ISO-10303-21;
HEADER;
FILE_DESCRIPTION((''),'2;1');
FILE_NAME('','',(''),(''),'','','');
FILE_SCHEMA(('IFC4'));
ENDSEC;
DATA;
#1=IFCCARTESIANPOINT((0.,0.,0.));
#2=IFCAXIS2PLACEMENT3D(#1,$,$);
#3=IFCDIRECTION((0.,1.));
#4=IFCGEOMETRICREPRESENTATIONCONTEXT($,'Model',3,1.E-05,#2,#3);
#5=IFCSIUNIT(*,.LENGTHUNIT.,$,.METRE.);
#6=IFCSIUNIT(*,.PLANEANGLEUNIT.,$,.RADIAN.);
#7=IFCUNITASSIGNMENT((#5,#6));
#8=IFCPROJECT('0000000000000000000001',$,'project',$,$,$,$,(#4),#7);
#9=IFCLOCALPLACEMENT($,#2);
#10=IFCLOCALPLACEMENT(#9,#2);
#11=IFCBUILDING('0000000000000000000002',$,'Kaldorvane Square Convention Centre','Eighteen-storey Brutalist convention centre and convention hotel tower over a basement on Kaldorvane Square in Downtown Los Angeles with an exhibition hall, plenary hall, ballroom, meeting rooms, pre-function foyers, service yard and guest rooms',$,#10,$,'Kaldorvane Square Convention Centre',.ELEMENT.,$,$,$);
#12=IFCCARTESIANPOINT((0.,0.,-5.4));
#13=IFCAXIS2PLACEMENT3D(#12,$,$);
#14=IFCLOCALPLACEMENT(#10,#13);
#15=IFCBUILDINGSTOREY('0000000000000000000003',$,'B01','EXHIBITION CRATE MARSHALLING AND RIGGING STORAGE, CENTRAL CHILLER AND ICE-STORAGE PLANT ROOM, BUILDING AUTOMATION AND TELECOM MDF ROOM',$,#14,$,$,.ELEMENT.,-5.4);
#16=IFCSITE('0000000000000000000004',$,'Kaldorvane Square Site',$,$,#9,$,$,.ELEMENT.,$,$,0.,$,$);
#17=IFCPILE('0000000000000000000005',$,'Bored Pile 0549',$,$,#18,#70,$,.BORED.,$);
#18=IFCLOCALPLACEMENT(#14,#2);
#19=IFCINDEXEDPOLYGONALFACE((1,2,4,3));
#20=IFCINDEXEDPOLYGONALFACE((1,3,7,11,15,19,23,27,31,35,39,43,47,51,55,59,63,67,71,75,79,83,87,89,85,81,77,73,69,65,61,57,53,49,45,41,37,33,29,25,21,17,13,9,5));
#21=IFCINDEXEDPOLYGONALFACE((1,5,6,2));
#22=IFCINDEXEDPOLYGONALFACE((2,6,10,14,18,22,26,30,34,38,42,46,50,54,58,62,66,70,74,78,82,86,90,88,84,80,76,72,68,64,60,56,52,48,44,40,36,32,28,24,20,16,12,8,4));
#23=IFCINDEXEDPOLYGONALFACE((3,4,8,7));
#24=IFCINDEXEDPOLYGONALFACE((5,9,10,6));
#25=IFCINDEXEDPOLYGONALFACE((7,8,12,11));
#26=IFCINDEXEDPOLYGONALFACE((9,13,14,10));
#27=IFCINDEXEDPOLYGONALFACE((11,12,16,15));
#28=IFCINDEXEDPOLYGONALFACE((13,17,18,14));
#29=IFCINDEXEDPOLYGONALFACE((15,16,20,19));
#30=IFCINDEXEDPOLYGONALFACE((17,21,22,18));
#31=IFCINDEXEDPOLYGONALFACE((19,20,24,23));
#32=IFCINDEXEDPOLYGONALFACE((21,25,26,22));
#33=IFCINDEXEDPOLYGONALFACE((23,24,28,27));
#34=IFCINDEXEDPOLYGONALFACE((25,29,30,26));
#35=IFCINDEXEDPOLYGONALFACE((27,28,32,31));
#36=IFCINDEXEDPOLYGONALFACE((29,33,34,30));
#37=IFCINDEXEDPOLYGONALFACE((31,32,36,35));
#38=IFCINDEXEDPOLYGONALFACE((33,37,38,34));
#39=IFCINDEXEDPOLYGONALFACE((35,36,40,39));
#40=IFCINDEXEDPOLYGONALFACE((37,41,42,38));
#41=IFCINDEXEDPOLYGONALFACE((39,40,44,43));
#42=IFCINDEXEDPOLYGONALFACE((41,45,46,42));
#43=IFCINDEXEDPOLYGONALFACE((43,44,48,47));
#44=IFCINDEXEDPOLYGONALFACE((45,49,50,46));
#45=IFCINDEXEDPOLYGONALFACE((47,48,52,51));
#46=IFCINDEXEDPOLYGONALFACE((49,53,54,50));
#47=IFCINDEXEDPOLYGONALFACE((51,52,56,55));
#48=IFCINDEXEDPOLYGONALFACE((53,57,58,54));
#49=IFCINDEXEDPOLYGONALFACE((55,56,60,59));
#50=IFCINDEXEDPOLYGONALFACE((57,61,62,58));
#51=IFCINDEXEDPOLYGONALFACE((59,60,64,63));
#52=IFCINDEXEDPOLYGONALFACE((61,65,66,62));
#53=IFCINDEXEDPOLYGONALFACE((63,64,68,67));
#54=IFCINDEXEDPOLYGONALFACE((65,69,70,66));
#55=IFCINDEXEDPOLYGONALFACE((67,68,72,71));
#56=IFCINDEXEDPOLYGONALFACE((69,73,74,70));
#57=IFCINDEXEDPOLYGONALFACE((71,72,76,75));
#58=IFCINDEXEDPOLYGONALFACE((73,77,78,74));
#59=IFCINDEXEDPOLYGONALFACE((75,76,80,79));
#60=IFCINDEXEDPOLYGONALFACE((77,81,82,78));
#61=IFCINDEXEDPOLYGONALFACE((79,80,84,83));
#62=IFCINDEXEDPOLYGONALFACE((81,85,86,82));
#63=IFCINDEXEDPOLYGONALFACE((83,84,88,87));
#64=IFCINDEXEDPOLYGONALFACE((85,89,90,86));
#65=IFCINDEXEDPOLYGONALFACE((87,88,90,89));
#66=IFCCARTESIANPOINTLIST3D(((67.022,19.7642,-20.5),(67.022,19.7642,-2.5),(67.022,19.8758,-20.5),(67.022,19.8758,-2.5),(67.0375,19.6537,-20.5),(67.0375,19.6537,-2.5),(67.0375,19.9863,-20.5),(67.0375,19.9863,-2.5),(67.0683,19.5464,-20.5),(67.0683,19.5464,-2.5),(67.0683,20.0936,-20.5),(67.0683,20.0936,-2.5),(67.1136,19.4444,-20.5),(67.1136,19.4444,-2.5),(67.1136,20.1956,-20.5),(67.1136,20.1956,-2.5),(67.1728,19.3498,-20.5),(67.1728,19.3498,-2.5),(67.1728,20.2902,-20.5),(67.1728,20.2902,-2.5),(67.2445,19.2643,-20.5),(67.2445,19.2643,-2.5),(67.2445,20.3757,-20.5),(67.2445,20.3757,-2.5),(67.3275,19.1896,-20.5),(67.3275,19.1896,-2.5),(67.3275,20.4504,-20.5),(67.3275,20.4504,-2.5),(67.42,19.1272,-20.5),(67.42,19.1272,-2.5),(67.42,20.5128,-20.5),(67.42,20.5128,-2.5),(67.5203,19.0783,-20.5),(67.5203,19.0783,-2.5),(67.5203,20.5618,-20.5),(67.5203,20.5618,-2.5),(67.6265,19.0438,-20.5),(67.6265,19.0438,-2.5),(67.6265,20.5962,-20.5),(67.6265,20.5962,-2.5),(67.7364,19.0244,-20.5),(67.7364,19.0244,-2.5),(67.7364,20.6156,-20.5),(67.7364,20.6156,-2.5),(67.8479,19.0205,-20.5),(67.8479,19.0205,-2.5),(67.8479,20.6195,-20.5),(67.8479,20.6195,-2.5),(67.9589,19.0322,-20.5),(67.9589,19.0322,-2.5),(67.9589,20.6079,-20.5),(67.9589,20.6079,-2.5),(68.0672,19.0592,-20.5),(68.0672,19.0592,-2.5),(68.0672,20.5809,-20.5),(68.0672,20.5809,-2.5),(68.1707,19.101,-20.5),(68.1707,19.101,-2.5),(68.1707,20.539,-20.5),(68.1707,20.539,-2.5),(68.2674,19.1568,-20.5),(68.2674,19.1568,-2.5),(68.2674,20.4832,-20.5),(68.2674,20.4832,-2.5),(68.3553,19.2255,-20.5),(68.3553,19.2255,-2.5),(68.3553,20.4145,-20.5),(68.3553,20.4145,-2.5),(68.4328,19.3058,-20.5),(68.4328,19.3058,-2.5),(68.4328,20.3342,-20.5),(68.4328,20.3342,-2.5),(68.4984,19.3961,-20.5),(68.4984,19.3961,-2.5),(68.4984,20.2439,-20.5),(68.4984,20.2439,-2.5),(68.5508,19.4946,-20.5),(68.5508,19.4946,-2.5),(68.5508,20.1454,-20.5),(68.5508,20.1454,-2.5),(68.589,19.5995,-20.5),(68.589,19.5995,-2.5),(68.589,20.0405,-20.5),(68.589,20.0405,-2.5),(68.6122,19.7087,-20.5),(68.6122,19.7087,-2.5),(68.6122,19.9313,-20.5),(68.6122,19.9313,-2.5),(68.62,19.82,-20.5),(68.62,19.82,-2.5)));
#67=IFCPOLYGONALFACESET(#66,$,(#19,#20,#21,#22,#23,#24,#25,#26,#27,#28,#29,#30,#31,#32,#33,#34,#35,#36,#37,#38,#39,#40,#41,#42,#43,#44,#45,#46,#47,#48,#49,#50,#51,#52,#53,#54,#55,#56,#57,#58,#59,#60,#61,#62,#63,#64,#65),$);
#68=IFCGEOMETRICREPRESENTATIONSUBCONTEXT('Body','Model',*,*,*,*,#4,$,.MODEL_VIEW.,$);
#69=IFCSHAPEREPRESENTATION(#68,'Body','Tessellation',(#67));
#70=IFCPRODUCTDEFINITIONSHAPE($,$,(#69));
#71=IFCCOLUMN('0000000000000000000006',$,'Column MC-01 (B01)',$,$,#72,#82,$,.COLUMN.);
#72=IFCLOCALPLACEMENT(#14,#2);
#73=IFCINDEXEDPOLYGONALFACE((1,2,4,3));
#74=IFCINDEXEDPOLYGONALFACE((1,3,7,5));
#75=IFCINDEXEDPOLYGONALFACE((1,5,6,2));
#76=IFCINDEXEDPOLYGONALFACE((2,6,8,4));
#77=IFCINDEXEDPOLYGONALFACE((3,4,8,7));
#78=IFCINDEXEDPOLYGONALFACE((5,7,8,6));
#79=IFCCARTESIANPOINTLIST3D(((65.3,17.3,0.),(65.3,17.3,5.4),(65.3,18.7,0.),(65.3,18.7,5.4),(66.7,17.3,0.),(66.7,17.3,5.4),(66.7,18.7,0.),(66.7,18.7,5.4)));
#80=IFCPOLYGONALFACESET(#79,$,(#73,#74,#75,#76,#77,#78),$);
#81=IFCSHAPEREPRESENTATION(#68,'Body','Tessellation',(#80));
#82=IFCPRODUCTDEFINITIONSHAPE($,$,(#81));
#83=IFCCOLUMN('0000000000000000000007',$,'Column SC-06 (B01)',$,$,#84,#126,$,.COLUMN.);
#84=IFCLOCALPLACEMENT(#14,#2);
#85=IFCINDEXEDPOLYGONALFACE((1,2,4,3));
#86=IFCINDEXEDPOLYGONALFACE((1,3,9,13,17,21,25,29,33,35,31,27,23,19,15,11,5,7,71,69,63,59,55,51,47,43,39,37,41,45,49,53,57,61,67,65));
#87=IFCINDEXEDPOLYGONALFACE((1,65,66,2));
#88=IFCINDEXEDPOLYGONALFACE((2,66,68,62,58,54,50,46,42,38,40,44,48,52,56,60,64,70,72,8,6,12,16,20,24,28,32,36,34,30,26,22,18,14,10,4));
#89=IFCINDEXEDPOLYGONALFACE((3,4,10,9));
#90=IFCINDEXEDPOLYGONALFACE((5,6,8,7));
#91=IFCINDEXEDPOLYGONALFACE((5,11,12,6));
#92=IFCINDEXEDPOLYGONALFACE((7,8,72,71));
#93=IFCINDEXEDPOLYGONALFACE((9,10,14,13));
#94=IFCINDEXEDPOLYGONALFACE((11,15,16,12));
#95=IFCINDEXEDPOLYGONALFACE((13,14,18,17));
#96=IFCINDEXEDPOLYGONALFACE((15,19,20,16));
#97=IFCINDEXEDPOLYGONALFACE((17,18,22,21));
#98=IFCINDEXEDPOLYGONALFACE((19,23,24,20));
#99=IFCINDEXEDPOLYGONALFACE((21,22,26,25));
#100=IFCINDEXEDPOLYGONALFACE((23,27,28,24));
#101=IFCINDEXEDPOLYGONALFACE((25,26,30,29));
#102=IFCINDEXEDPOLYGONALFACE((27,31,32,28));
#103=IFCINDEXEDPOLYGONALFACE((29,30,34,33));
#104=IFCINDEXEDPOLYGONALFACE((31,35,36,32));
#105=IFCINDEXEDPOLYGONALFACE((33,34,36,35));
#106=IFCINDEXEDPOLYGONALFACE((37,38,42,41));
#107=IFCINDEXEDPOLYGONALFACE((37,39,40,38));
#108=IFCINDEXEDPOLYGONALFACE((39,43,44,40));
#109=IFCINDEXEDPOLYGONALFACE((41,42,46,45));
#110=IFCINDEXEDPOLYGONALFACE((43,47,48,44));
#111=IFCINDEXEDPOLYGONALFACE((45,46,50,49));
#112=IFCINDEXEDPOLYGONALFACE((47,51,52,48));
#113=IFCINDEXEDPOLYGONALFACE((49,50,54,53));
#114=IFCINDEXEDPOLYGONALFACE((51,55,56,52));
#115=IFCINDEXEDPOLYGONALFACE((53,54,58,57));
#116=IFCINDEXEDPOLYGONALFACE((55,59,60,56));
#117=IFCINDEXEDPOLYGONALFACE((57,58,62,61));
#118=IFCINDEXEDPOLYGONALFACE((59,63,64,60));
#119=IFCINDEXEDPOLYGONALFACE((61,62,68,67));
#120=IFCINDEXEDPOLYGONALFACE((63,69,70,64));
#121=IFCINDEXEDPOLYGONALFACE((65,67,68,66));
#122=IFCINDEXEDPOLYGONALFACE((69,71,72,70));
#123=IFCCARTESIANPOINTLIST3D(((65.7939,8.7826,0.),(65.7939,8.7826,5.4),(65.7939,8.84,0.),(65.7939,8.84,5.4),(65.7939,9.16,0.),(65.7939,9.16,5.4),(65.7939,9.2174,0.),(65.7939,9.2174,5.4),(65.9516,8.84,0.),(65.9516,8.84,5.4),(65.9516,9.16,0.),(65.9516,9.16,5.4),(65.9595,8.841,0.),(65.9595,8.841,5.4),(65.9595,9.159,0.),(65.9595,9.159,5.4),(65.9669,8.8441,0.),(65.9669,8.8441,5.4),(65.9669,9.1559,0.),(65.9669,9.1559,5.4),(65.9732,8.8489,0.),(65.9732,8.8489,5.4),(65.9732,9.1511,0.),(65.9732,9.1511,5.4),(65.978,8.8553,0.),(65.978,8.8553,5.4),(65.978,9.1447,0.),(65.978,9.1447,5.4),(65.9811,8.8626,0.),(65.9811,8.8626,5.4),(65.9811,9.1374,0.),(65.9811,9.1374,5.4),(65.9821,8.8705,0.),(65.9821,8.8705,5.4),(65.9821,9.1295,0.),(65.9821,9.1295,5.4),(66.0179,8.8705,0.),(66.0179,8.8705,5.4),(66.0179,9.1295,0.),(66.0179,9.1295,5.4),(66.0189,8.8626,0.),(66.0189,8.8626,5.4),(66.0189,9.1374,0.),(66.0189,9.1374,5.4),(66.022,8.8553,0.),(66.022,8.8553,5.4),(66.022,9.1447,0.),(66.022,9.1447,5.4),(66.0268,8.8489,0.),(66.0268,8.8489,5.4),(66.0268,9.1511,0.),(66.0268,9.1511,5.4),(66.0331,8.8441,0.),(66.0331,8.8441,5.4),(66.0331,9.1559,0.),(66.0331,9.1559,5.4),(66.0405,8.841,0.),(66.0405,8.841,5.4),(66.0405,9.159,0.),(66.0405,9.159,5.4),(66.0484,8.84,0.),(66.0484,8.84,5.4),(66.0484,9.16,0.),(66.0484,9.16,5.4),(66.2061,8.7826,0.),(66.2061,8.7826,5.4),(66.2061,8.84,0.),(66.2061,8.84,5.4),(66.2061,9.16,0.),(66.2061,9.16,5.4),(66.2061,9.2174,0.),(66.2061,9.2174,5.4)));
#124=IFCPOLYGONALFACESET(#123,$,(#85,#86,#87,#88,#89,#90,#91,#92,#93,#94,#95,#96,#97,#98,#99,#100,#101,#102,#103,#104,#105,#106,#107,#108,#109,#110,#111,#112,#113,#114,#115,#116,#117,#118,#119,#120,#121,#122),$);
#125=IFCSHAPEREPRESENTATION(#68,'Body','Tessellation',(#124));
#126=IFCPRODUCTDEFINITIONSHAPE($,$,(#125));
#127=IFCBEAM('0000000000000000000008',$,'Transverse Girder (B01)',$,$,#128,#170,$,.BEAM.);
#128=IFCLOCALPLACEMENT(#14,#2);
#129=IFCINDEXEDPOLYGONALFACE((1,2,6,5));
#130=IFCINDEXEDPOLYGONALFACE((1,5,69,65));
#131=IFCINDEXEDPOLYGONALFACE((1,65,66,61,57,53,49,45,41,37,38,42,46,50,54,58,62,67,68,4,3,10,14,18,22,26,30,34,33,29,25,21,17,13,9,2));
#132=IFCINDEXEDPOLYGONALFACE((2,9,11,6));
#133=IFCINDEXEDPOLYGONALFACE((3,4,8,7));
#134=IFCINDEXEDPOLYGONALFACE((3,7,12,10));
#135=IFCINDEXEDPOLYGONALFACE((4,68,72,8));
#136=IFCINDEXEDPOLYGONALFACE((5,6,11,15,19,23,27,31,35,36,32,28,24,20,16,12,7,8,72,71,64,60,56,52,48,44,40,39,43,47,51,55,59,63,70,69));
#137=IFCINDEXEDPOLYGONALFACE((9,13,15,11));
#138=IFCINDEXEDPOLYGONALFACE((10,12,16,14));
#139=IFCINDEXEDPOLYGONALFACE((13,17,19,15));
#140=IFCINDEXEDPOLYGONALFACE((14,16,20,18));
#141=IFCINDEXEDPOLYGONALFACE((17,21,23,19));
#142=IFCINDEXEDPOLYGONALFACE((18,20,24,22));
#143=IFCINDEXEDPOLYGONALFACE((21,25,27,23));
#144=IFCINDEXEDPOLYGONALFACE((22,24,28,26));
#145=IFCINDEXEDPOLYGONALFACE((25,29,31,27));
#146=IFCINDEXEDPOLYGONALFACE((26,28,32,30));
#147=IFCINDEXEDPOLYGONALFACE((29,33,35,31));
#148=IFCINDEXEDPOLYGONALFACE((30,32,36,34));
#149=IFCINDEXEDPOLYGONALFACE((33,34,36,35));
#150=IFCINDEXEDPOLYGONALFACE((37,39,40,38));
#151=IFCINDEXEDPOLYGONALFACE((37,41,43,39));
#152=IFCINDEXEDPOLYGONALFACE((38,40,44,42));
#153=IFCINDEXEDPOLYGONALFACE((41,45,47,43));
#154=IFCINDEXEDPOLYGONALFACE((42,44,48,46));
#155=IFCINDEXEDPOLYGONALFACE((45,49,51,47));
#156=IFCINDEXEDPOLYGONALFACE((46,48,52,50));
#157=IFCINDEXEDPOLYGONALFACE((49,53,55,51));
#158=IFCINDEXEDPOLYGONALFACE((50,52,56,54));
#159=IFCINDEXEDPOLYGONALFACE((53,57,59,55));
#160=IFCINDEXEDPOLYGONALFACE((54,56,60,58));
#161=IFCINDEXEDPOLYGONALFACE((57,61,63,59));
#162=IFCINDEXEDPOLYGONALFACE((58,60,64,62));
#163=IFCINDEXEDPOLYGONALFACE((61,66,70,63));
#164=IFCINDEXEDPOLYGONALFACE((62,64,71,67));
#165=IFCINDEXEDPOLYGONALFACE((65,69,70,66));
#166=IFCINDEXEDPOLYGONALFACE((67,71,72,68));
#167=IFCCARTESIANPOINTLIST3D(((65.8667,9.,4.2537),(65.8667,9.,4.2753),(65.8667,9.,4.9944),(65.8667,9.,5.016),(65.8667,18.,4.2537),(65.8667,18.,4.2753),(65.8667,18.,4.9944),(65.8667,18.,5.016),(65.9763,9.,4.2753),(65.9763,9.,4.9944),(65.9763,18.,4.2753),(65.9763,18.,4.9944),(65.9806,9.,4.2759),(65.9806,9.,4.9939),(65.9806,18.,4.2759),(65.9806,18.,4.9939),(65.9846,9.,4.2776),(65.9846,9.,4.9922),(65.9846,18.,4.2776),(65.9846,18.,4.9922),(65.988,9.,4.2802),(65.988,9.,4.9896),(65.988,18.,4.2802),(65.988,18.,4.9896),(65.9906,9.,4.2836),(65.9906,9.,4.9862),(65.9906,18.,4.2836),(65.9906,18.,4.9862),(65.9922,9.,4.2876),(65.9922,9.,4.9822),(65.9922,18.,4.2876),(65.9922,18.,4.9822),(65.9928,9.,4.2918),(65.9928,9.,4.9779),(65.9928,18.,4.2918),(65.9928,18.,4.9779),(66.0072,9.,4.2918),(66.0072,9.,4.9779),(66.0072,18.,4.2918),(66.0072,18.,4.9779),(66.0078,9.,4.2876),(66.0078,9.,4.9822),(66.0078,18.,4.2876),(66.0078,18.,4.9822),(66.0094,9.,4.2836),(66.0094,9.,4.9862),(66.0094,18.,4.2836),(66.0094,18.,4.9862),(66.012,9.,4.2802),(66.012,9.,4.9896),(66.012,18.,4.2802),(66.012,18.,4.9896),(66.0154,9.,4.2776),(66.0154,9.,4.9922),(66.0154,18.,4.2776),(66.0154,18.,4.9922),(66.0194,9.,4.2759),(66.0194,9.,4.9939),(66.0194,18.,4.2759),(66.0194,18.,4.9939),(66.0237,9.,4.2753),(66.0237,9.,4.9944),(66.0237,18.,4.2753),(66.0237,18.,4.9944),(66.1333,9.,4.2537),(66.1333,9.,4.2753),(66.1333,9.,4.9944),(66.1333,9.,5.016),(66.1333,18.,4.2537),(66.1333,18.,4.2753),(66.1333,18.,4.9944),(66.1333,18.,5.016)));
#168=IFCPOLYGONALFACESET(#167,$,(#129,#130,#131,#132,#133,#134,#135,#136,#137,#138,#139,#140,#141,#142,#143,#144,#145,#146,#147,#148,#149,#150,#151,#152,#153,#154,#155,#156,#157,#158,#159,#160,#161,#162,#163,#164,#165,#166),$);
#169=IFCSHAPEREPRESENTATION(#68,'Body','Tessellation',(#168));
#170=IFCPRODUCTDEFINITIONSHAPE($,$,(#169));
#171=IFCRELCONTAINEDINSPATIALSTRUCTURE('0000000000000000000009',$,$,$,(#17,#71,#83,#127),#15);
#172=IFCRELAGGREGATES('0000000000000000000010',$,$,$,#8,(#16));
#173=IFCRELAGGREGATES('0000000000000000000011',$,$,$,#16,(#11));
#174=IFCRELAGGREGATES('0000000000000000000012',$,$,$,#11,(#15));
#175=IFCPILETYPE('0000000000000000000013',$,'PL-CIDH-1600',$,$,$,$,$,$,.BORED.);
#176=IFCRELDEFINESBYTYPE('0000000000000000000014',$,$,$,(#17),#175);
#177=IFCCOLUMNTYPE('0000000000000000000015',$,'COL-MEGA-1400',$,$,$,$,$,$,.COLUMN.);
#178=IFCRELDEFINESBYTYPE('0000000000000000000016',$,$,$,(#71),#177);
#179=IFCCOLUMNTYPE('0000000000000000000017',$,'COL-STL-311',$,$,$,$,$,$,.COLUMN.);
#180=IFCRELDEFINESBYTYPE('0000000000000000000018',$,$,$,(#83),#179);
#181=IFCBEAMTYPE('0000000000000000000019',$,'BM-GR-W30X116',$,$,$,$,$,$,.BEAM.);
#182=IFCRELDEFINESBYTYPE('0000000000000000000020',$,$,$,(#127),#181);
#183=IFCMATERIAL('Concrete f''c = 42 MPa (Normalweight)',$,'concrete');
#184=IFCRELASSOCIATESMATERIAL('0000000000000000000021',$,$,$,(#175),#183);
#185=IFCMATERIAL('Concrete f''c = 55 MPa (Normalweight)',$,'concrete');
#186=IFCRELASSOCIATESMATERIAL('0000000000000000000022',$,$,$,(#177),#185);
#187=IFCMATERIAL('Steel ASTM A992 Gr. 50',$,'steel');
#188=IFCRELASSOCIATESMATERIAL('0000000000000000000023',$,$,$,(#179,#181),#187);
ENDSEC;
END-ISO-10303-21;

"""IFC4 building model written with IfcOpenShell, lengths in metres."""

from ifc_helpers import new_model, si_unit, direction, frame, origin, origin_2d, place, context, subcontext, project, spatial, rectangle, circle, i_section, extrude, material, material_profile, profile_set, type_object, element, save


model = new_model("IFC4")

# Units and contexts
model_context = context("Model", 3, precision=1e-05, world=origin(), true_north=direction((0.0, 1.0)))
body_context = subcontext(model_context, "Body", "Model", "MODEL_VIEW")
ifc_project = project(units=[si_unit("LENGTHUNIT", "METRE"), si_unit("PLANEANGLEUNIT", "RADIAN")], contexts=[model_context])

# Site, building, storey
site_placement = place(None, origin())
site = spatial("IfcSite", under=ifc_project, at=site_placement, Name="Kaldorvane Square Site", CompositionType="ELEMENT", RefElevation=0.0)
building_placement = place(site_placement, origin())
building = spatial("IfcBuilding", under=site, at=building_placement, Name="Kaldorvane Square Convention Centre", Description="Eighteen-storey Brutalist convention centre and convention hotel tower over a basement on Kaldorvane Square in Downtown Los Angeles with an exhibition hall, plenary hall, ballroom, meeting rooms, pre-function foyers, service yard and guest rooms", LongName="Kaldorvane Square Convention Centre", CompositionType="ELEMENT")
storey_placement = place(building_placement, frame((0.0, 0.0, -5.4)))
storey = spatial("IfcBuildingStorey", under=building, at=storey_placement, Name="B01", Description="EXHIBITION CRATE MARSHALLING AND RIGGING STORAGE, CENTRAL CHILLER AND ICE-STORAGE PLANT ROOM, BUILDING AUTOMATION AND TELECOM MDF ROOM", CompositionType="ELEMENT", Elevation=-5.4)

# Shared definitions
ifc_material_1 = material(Name="Concrete f'c = 42 MPa (Normalweight)", Category="concrete")

# Pile
ifc_material_profile_1 = material_profile(ifc_material_1, circle(Radius=0.8, at=origin_2d()), Name="PILE-D1600")
ifc_profile_set_1 = profile_set([ifc_material_profile_1], Name="Concrete f'c = 42 MPa (Normalweight)")
pile_type_1 = type_object("IfcPileType", Name="PL-CIDH-1600", PredefinedType="BORED", material=ifc_profile_set_1)
for number, where, z_axis, x_axis, name in (
    (1, (67.82, 19.82, -2.5), (0.0, 0.0, -1.0), (1.0, 0.0, 0.0), "Bored Pile 0549"),
):
    element("IfcPile", number, at=place(storey_placement, frame(where, z_axis=z_axis, x_axis=x_axis)), inside=storey, type_object=pile_type_1, Name=name, PredefinedType="BORED", context=body_context, shape_type="SweptSolid", body=[
        extrude(circle(Radius=0.8, at=origin_2d()), origin(), (0.0, 0.0, 1.0), 18.0),
    ])

# Columns
ifc_material_2 = material(Name="Concrete f'c = 55 MPa (Normalweight)", Category="concrete")
ifc_material_profile_2 = material_profile(ifc_material_2, rectangle(XDim=1.4, YDim=1.4, at=origin_2d()), Name="RC1400X1400")
ifc_profile_set_2 = profile_set([ifc_material_profile_2], Name="Concrete f'c = 55 MPa (Normalweight)")
column_type_1 = type_object("IfcColumnType", Name="COL-MEGA-1400", PredefinedType="COLUMN", material=ifc_profile_set_2)
column_1_placement = place(storey_placement, frame((66.0, 18.0, 0.0), z_axis=(0.0, 0.0, 1.0), x_axis=(1.0, 0.0, 0.0)))
element("IfcColumn", 2, at=column_1_placement, inside=storey, type_object=column_type_1, Name="Column MC-01 (B01)", PredefinedType="COLUMN", context=body_context, shape_type="SweptSolid", body=[
    extrude(rectangle(XDim=1.4, YDim=1.4, at=origin_2d()), origin(), (0.0, 0.0, 1.0), 5.4),
])
ifc_material_3 = material(Name="Steel ASTM A992 Gr. 50", Category="steel")
ifc_material_profile_3 = material_profile(ifc_material_3, i_section(OverallWidth=0.4122, OverallDepth=0.4348, WebThickness=0.0358, FlangeThickness=0.0574, FilletRadius=0.0305, at=origin_2d()), Name="W14X311")
ifc_profile_set_3 = profile_set([ifc_material_profile_3], Name="Steel ASTM A992 Gr. 50")
column_type_2 = type_object("IfcColumnType", Name="COL-STL-311", PredefinedType="COLUMN", material=ifc_profile_set_3)
column_2_placement = place(storey_placement, frame((66.0, 9.0, 0.0), z_axis=(0.0, 0.0, 1.0), x_axis=(1.0, 0.0, 0.0)))
element("IfcColumn", 3, at=column_2_placement, inside=storey, type_object=column_type_2, Name="Column SC-06 (B01)", PredefinedType="COLUMN", context=body_context, shape_type="SweptSolid", body=[
    extrude(i_section(OverallWidth=0.4122, OverallDepth=0.4348, WebThickness=0.0358, FlangeThickness=0.0574, FilletRadius=0.0305, at=origin_2d()), origin(), (0.0, 0.0, 1.0), 5.4),
])

# Beam
ifc_material_profile_4 = material_profile(ifc_material_3, i_section(OverallWidth=0.2666, OverallDepth=0.7623, WebThickness=0.0144, FlangeThickness=0.0216, FilletRadius=0.0165, at=origin_2d()), Name="W30X116")
ifc_profile_set_4 = profile_set([ifc_material_profile_4], Name="Steel ASTM A992 Gr. 50")
beam_type_1 = type_object("IfcBeamType", Name="BM-GR-W30X116", PredefinedType="BEAM", material=ifc_profile_set_4)
for number, where, z_axis, x_axis, name in (
    (4, (66.0, 9.0, 4.6349), (0.0, 1.0, 0.0), (-1.0, 0.0, 0.0), "Transverse Girder (B01)"),
):
    element("IfcBeam", number, at=place(storey_placement, frame(where, z_axis=z_axis, x_axis=x_axis)), inside=storey, type_object=beam_type_1, Name=name, PredefinedType="BEAM", context=body_context, shape_type="SweptSolid", body=[
        extrude(i_section(OverallWidth=0.2666, OverallDepth=0.7623, WebThickness=0.0144, FlangeThickness=0.0216, FilletRadius=0.0165, at=origin_2d()), origin(), (0.0, 0.0, 1.0), 9.0),
    ])

save(model, "model.ifc")
